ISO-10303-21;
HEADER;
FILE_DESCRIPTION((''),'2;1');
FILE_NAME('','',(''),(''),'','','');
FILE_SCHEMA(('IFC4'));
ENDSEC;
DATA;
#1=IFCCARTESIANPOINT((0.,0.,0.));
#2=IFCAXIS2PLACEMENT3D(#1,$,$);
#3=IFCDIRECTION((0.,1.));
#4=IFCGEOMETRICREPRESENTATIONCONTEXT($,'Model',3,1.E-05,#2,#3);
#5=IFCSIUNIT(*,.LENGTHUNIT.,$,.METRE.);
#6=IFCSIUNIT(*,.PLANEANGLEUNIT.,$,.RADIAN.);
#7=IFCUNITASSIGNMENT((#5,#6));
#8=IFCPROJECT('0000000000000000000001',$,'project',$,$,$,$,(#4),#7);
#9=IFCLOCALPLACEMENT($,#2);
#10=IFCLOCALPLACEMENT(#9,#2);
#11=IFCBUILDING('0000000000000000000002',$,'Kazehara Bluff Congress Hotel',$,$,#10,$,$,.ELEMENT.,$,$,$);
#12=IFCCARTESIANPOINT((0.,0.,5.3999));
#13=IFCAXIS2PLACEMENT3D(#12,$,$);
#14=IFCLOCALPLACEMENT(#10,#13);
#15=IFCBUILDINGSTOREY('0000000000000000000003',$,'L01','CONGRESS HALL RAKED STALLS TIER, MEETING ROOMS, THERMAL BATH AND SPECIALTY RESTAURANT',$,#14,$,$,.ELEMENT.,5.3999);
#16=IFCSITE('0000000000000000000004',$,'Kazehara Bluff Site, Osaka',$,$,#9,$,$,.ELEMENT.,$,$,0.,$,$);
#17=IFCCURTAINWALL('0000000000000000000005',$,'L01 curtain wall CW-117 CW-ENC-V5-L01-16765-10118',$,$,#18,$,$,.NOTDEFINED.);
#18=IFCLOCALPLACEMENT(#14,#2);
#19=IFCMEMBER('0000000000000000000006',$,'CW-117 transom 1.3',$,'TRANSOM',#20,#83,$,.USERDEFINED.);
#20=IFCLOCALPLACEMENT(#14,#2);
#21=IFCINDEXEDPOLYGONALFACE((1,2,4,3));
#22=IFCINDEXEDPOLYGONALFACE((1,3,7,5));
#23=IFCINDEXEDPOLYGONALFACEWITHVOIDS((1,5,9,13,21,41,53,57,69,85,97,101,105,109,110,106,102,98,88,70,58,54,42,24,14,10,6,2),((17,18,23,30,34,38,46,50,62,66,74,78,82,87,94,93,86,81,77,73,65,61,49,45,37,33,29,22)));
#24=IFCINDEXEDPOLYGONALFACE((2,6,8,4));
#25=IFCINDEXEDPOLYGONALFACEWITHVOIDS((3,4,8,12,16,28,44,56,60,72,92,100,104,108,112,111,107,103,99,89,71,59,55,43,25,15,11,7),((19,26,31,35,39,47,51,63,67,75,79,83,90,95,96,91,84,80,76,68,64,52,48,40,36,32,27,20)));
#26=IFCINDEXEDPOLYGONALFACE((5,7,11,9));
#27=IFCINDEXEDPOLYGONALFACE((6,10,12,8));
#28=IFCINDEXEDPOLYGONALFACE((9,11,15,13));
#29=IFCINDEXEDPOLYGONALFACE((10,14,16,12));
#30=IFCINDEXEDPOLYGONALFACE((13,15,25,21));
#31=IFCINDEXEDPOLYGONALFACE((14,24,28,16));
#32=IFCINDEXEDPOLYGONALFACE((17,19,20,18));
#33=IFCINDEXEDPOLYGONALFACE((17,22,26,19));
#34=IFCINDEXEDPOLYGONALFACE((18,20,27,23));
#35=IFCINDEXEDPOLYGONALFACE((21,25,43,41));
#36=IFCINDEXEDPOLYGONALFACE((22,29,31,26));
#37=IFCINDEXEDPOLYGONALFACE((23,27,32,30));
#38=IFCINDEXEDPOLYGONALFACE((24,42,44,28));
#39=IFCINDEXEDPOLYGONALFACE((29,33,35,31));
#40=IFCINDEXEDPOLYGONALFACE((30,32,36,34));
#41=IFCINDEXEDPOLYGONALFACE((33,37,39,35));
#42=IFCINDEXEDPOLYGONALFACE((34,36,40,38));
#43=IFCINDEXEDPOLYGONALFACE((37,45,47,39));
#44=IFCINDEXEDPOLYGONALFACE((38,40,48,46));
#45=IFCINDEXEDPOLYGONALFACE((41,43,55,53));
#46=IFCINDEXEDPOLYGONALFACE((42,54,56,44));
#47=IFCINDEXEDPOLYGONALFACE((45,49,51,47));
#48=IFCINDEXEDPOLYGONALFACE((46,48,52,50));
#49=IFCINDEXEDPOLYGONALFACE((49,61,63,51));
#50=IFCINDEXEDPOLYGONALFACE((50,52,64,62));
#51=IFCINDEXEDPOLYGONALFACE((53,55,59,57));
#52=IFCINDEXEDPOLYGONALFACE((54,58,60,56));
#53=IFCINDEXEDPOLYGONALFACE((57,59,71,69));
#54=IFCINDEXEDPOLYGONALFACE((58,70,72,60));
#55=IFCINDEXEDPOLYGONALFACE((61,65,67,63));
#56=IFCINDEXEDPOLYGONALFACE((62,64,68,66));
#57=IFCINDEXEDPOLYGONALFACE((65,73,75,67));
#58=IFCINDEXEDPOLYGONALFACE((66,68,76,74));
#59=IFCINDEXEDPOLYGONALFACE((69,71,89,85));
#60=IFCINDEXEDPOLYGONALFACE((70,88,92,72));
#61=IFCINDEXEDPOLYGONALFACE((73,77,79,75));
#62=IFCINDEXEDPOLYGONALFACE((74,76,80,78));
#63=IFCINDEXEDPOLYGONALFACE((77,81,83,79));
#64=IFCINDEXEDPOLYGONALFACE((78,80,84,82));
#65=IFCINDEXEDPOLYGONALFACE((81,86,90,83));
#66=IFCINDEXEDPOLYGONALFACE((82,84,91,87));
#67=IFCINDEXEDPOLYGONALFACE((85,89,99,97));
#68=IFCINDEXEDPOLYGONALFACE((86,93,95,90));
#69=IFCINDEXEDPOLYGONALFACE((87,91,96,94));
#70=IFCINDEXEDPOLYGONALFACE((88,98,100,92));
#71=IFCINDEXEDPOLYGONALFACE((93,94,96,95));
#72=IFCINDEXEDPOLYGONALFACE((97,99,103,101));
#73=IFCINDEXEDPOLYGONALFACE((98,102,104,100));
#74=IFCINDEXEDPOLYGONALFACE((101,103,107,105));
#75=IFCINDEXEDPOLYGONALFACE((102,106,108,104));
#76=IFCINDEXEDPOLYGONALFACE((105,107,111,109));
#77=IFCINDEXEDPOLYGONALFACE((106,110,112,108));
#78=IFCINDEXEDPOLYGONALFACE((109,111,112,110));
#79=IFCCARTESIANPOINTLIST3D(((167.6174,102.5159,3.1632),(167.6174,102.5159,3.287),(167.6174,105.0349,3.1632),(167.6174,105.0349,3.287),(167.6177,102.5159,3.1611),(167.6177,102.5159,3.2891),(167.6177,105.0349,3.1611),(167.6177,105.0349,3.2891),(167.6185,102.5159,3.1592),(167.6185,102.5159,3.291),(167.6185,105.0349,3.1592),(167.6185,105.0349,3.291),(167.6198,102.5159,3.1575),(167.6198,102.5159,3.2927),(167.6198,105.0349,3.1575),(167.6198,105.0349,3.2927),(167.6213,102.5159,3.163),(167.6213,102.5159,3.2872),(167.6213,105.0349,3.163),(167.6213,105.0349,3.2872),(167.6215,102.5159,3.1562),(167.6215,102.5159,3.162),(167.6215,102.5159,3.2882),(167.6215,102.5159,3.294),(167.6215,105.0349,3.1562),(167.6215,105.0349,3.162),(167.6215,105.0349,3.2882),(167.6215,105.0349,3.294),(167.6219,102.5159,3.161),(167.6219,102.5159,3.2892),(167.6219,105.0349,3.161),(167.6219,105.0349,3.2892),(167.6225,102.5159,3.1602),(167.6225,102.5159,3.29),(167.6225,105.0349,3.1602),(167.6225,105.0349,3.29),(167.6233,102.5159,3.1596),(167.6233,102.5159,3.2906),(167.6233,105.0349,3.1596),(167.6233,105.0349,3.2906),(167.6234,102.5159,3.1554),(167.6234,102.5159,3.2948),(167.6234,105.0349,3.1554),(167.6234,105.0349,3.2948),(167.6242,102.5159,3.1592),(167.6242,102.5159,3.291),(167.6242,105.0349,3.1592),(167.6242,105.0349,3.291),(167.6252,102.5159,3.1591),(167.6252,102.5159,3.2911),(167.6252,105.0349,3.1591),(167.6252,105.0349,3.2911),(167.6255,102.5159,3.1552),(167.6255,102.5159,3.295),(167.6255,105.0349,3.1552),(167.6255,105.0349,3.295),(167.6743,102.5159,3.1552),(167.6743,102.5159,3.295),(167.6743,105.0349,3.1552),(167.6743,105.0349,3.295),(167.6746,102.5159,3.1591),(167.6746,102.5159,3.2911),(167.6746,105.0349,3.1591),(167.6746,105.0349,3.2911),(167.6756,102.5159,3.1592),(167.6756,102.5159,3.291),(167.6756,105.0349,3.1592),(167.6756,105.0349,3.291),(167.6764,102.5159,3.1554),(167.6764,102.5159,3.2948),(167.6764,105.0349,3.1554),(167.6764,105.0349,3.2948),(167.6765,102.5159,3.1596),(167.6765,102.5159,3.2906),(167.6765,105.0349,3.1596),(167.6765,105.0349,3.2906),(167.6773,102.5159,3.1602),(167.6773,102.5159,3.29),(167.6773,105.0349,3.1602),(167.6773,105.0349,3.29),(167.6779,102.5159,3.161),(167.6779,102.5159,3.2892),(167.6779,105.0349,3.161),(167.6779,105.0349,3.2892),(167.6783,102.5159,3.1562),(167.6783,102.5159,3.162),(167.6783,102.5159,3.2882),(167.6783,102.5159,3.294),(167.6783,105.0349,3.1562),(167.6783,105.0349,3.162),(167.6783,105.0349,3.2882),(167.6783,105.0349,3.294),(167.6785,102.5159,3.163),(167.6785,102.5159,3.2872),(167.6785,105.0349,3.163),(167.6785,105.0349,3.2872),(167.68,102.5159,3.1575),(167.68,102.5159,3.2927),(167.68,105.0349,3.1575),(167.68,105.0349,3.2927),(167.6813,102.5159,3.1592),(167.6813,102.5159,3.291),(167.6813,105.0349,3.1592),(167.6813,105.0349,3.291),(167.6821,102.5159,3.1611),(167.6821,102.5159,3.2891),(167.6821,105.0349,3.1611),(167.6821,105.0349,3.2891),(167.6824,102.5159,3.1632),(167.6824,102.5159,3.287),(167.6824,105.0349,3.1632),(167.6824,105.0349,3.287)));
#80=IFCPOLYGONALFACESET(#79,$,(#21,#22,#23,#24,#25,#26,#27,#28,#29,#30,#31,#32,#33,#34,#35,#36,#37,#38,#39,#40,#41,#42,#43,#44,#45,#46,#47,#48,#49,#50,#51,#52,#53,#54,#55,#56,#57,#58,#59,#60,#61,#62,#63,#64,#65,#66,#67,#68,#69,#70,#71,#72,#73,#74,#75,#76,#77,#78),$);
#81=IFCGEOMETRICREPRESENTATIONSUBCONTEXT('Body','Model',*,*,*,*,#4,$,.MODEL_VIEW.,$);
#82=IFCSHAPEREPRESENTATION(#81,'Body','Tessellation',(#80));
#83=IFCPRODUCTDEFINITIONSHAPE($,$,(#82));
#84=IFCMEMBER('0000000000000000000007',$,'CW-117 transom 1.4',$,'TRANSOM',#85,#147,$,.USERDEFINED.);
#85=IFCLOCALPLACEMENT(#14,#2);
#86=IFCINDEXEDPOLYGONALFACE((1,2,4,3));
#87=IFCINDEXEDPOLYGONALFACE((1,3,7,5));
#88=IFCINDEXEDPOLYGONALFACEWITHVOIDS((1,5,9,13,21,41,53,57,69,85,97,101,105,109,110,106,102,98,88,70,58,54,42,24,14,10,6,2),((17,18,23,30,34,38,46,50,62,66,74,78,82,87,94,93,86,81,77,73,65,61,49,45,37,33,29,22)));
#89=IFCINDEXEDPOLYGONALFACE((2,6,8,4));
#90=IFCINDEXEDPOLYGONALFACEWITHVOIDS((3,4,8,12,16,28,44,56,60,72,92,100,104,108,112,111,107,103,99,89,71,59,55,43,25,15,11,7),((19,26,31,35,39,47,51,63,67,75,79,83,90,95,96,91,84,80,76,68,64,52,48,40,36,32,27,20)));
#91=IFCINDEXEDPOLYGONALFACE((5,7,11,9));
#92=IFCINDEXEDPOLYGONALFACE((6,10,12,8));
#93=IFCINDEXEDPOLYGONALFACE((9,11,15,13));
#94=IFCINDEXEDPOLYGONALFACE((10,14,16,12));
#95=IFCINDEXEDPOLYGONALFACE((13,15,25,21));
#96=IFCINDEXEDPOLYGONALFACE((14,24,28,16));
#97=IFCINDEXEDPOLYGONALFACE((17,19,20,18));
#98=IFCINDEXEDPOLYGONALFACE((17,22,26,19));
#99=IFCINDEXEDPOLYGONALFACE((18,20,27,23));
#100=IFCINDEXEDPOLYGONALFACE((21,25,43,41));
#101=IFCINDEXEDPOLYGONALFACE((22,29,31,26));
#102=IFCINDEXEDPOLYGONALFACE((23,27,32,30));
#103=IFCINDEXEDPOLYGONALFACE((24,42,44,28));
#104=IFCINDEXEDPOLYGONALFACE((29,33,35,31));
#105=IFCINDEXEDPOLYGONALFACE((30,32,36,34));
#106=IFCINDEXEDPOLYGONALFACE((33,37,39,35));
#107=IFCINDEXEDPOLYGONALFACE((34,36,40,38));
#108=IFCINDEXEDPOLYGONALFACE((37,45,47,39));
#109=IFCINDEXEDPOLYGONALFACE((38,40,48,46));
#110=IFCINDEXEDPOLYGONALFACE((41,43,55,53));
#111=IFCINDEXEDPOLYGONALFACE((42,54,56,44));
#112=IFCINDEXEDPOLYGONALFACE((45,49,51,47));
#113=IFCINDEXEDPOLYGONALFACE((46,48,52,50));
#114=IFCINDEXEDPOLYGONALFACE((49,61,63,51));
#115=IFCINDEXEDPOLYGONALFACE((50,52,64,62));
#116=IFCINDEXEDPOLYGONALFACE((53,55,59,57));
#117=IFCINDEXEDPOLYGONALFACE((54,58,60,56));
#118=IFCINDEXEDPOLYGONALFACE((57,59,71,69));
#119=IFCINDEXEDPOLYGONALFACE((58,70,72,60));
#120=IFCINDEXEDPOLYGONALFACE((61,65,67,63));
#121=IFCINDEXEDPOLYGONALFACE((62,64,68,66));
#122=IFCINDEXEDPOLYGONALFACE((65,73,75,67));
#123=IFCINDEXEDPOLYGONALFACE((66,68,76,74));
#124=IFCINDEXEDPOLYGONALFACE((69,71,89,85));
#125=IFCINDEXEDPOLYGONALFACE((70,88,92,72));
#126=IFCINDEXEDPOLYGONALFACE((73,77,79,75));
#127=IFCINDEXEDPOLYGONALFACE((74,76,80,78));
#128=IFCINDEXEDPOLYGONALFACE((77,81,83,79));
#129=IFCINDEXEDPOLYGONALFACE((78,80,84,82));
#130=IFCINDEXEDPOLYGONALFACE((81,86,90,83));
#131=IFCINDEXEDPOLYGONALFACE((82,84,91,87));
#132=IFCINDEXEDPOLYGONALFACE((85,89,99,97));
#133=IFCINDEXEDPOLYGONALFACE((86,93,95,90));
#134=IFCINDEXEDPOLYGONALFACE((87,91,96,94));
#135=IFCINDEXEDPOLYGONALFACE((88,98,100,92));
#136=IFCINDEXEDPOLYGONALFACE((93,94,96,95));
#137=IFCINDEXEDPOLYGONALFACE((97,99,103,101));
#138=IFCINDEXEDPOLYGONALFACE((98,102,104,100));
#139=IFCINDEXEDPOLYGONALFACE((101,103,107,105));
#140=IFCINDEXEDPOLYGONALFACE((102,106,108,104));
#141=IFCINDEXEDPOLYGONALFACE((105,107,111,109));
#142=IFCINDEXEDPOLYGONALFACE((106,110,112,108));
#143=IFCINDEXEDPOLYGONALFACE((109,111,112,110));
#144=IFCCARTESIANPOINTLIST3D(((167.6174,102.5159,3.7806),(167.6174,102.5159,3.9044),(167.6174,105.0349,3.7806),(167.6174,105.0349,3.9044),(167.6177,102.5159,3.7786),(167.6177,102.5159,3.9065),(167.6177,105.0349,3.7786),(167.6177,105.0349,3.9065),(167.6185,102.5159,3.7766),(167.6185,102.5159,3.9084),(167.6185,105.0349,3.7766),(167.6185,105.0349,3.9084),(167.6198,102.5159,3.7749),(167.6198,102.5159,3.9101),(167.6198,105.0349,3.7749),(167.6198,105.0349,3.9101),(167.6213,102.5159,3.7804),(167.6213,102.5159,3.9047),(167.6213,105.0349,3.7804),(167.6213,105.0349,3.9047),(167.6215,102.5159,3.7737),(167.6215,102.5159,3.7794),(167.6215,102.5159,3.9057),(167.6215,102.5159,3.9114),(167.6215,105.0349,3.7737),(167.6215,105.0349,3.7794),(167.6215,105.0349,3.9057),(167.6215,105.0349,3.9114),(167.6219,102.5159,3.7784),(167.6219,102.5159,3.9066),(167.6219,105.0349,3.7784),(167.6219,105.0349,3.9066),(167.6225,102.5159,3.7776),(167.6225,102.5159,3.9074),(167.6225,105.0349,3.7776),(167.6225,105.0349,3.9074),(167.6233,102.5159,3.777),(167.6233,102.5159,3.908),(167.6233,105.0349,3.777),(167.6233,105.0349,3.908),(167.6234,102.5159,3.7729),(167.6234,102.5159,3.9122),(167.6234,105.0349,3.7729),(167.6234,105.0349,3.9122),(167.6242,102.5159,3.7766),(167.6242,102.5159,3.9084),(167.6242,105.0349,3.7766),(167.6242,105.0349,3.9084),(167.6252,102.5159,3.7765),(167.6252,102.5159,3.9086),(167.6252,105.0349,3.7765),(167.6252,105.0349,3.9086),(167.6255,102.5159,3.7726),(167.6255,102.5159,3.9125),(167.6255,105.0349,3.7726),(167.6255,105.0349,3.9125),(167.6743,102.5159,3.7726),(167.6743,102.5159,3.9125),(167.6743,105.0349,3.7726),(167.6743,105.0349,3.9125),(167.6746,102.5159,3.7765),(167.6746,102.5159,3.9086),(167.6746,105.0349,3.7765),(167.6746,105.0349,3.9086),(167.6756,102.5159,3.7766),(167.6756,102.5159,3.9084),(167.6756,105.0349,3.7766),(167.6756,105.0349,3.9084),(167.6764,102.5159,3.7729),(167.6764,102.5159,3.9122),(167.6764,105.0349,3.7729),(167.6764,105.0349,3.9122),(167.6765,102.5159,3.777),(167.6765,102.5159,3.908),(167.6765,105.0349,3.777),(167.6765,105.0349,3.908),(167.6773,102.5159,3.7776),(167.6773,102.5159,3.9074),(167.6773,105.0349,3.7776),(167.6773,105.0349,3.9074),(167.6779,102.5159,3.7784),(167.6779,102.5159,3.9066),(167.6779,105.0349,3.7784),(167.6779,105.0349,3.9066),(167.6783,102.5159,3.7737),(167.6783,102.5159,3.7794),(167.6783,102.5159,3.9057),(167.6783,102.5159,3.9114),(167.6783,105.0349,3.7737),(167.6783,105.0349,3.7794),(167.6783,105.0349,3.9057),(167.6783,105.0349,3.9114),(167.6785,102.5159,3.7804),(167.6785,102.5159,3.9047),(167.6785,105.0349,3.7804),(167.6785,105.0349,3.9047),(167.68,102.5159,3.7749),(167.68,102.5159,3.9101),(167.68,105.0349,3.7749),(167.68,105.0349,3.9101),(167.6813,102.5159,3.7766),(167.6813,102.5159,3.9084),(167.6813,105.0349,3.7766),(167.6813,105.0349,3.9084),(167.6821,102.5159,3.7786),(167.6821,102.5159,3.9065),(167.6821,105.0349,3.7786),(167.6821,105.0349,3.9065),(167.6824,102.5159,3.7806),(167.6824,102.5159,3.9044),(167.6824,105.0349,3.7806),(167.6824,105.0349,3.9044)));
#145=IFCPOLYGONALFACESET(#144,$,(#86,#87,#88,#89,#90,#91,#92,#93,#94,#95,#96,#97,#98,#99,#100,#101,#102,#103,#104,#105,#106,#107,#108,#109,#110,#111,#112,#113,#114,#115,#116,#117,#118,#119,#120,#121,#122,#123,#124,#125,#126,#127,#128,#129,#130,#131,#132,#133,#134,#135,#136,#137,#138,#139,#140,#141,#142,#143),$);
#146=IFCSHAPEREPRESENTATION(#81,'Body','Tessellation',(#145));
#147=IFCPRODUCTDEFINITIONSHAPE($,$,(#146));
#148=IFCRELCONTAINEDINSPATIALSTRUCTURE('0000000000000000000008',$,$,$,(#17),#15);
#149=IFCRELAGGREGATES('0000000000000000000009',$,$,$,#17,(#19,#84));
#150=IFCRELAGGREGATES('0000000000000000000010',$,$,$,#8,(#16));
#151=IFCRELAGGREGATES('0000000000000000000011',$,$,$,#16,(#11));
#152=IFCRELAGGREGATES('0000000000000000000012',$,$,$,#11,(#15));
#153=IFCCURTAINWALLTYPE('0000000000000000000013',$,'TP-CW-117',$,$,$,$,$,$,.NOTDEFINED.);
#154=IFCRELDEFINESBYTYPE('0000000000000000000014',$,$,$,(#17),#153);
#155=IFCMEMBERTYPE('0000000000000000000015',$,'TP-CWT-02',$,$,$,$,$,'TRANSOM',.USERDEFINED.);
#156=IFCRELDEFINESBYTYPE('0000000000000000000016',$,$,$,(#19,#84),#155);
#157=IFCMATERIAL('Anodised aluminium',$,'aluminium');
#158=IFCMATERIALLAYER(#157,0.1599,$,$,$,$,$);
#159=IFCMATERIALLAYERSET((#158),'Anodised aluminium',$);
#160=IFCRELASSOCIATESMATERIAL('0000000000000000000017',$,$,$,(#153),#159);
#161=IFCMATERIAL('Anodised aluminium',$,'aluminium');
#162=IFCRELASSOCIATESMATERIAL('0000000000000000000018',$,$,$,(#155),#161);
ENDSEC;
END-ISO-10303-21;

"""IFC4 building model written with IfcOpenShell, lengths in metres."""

from ifc_helpers import new_model, si_unit, direction, frame, origin, origin_2d, place, context, subcontext, project, spatial, hollow_rectangle, extrude, material, layer, layer_set, material_profile, profile_set, type_object, element, aggregate, save


model = new_model("IFC4")

# Units and contexts
model_context = context("Model", 3, precision=1e-05, world=origin(), true_north=direction((0.0, 1.0)))
body_context = subcontext(model_context, "Body", "Model", "MODEL_VIEW")
ifc_project = project(units=[si_unit("LENGTHUNIT", "METRE"), si_unit("PLANEANGLEUNIT", "RADIAN")], contexts=[model_context])

# Site, building, storey
site_placement = place(None, origin())
site = spatial("IfcSite", under=ifc_project, at=site_placement, Name="Kazehara Bluff Site, Osaka", CompositionType="ELEMENT", RefElevation=0.0)
building_placement = place(site_placement, origin())
building = spatial("IfcBuilding", under=site, at=building_placement, Name="Kazehara Bluff Congress Hotel", CompositionType="ELEMENT")
storey_placement = place(building_placement, frame((0.0, 0.0, 5.3999)))
storey = spatial("IfcBuildingStorey", under=building, at=storey_placement, Name="L01", Description="CONGRESS HALL RAKED STALLS TIER, MEETING ROOMS, THERMAL BATH AND SPECIALTY RESTAURANT", CompositionType="ELEMENT", Elevation=5.3999)

# Curtain wall
ifc_material_1 = material(Name="Anodised aluminium", Category="aluminium")
ifc_layer_1 = layer(ifc_material_1, 0.1599)
ifc_layer_set_1 = layer_set([ifc_layer_1], Name="Anodised aluminium")
curtain_wall_type_1 = type_object("IfcCurtainWallType", Name="TP-CW-117", PredefinedType="NOTDEFINED", material=ifc_layer_set_1)
curtain_wall_1_placement = place(storey_placement, origin())
curtain_wall_1 = element("IfcCurtainWall", 1, at=curtain_wall_1_placement, inside=storey, type_object=curtain_wall_type_1, Name="L01 curtain wall CW-117 CW-ENC-V5-L01-16765-10118", PredefinedType="NOTDEFINED")

# Members
ifc_material_2 = material(Name="Anodised aluminium", Category="aluminium")
ifc_material_profile_1 = material_profile(ifc_material_2, hollow_rectangle(XDim=0.0649, YDim=0.1399, WallThickness=0.0039, InnerFilletRadius=0.0039, OuterFilletRadius=0.0081, at=origin_2d()))
ifc_profile_set_1 = profile_set([ifc_material_profile_1], Name="Anodised aluminium")
member_type_1 = type_object("IfcMemberType", Name="TP-CWT-02", ElementType="TRANSOM", PredefinedType="USERDEFINED", material=ifc_profile_set_1)
member_1_placement = place(storey_placement, frame((167.6499, 105.0349, 3.2251), z_axis=(0.0, -1.0, 0.0), x_axis=(1.0, 0.0, 0.0)))
member_1 = element("IfcMember", 2, at=member_1_placement, type_object=member_type_1, Name="CW-117 transom 1.3", ObjectType="TRANSOM", PredefinedType="USERDEFINED", context=body_context, shape_type="SweptSolid", body=[
    extrude(hollow_rectangle(XDim=0.0649, YDim=0.1399, WallThickness=0.0039, InnerFilletRadius=0.0039, OuterFilletRadius=0.0081, at=origin_2d()), origin(), (0.0, 0.0, 1.0), 2.519),
])
member_2_placement = place(storey_placement, frame((167.6499, 105.0349, 3.8425), z_axis=(0.0, -1.0, 0.0), x_axis=(1.0, 0.0, 0.0)))
member_2 = element("IfcMember", 3, at=member_2_placement, type_object=member_type_1, Name="CW-117 transom 1.4", ObjectType="TRANSOM", PredefinedType="USERDEFINED", context=body_context, shape_type="SweptSolid", body=[
    extrude(hollow_rectangle(XDim=0.0649, YDim=0.1399, WallThickness=0.0039, InnerFilletRadius=0.0039, OuterFilletRadius=0.0081, at=origin_2d()), origin(), (0.0, 0.0, 1.0), 2.519),
])

aggregate(curtain_wall_1, [member_1, member_2])

save(model, "model.ifc")
